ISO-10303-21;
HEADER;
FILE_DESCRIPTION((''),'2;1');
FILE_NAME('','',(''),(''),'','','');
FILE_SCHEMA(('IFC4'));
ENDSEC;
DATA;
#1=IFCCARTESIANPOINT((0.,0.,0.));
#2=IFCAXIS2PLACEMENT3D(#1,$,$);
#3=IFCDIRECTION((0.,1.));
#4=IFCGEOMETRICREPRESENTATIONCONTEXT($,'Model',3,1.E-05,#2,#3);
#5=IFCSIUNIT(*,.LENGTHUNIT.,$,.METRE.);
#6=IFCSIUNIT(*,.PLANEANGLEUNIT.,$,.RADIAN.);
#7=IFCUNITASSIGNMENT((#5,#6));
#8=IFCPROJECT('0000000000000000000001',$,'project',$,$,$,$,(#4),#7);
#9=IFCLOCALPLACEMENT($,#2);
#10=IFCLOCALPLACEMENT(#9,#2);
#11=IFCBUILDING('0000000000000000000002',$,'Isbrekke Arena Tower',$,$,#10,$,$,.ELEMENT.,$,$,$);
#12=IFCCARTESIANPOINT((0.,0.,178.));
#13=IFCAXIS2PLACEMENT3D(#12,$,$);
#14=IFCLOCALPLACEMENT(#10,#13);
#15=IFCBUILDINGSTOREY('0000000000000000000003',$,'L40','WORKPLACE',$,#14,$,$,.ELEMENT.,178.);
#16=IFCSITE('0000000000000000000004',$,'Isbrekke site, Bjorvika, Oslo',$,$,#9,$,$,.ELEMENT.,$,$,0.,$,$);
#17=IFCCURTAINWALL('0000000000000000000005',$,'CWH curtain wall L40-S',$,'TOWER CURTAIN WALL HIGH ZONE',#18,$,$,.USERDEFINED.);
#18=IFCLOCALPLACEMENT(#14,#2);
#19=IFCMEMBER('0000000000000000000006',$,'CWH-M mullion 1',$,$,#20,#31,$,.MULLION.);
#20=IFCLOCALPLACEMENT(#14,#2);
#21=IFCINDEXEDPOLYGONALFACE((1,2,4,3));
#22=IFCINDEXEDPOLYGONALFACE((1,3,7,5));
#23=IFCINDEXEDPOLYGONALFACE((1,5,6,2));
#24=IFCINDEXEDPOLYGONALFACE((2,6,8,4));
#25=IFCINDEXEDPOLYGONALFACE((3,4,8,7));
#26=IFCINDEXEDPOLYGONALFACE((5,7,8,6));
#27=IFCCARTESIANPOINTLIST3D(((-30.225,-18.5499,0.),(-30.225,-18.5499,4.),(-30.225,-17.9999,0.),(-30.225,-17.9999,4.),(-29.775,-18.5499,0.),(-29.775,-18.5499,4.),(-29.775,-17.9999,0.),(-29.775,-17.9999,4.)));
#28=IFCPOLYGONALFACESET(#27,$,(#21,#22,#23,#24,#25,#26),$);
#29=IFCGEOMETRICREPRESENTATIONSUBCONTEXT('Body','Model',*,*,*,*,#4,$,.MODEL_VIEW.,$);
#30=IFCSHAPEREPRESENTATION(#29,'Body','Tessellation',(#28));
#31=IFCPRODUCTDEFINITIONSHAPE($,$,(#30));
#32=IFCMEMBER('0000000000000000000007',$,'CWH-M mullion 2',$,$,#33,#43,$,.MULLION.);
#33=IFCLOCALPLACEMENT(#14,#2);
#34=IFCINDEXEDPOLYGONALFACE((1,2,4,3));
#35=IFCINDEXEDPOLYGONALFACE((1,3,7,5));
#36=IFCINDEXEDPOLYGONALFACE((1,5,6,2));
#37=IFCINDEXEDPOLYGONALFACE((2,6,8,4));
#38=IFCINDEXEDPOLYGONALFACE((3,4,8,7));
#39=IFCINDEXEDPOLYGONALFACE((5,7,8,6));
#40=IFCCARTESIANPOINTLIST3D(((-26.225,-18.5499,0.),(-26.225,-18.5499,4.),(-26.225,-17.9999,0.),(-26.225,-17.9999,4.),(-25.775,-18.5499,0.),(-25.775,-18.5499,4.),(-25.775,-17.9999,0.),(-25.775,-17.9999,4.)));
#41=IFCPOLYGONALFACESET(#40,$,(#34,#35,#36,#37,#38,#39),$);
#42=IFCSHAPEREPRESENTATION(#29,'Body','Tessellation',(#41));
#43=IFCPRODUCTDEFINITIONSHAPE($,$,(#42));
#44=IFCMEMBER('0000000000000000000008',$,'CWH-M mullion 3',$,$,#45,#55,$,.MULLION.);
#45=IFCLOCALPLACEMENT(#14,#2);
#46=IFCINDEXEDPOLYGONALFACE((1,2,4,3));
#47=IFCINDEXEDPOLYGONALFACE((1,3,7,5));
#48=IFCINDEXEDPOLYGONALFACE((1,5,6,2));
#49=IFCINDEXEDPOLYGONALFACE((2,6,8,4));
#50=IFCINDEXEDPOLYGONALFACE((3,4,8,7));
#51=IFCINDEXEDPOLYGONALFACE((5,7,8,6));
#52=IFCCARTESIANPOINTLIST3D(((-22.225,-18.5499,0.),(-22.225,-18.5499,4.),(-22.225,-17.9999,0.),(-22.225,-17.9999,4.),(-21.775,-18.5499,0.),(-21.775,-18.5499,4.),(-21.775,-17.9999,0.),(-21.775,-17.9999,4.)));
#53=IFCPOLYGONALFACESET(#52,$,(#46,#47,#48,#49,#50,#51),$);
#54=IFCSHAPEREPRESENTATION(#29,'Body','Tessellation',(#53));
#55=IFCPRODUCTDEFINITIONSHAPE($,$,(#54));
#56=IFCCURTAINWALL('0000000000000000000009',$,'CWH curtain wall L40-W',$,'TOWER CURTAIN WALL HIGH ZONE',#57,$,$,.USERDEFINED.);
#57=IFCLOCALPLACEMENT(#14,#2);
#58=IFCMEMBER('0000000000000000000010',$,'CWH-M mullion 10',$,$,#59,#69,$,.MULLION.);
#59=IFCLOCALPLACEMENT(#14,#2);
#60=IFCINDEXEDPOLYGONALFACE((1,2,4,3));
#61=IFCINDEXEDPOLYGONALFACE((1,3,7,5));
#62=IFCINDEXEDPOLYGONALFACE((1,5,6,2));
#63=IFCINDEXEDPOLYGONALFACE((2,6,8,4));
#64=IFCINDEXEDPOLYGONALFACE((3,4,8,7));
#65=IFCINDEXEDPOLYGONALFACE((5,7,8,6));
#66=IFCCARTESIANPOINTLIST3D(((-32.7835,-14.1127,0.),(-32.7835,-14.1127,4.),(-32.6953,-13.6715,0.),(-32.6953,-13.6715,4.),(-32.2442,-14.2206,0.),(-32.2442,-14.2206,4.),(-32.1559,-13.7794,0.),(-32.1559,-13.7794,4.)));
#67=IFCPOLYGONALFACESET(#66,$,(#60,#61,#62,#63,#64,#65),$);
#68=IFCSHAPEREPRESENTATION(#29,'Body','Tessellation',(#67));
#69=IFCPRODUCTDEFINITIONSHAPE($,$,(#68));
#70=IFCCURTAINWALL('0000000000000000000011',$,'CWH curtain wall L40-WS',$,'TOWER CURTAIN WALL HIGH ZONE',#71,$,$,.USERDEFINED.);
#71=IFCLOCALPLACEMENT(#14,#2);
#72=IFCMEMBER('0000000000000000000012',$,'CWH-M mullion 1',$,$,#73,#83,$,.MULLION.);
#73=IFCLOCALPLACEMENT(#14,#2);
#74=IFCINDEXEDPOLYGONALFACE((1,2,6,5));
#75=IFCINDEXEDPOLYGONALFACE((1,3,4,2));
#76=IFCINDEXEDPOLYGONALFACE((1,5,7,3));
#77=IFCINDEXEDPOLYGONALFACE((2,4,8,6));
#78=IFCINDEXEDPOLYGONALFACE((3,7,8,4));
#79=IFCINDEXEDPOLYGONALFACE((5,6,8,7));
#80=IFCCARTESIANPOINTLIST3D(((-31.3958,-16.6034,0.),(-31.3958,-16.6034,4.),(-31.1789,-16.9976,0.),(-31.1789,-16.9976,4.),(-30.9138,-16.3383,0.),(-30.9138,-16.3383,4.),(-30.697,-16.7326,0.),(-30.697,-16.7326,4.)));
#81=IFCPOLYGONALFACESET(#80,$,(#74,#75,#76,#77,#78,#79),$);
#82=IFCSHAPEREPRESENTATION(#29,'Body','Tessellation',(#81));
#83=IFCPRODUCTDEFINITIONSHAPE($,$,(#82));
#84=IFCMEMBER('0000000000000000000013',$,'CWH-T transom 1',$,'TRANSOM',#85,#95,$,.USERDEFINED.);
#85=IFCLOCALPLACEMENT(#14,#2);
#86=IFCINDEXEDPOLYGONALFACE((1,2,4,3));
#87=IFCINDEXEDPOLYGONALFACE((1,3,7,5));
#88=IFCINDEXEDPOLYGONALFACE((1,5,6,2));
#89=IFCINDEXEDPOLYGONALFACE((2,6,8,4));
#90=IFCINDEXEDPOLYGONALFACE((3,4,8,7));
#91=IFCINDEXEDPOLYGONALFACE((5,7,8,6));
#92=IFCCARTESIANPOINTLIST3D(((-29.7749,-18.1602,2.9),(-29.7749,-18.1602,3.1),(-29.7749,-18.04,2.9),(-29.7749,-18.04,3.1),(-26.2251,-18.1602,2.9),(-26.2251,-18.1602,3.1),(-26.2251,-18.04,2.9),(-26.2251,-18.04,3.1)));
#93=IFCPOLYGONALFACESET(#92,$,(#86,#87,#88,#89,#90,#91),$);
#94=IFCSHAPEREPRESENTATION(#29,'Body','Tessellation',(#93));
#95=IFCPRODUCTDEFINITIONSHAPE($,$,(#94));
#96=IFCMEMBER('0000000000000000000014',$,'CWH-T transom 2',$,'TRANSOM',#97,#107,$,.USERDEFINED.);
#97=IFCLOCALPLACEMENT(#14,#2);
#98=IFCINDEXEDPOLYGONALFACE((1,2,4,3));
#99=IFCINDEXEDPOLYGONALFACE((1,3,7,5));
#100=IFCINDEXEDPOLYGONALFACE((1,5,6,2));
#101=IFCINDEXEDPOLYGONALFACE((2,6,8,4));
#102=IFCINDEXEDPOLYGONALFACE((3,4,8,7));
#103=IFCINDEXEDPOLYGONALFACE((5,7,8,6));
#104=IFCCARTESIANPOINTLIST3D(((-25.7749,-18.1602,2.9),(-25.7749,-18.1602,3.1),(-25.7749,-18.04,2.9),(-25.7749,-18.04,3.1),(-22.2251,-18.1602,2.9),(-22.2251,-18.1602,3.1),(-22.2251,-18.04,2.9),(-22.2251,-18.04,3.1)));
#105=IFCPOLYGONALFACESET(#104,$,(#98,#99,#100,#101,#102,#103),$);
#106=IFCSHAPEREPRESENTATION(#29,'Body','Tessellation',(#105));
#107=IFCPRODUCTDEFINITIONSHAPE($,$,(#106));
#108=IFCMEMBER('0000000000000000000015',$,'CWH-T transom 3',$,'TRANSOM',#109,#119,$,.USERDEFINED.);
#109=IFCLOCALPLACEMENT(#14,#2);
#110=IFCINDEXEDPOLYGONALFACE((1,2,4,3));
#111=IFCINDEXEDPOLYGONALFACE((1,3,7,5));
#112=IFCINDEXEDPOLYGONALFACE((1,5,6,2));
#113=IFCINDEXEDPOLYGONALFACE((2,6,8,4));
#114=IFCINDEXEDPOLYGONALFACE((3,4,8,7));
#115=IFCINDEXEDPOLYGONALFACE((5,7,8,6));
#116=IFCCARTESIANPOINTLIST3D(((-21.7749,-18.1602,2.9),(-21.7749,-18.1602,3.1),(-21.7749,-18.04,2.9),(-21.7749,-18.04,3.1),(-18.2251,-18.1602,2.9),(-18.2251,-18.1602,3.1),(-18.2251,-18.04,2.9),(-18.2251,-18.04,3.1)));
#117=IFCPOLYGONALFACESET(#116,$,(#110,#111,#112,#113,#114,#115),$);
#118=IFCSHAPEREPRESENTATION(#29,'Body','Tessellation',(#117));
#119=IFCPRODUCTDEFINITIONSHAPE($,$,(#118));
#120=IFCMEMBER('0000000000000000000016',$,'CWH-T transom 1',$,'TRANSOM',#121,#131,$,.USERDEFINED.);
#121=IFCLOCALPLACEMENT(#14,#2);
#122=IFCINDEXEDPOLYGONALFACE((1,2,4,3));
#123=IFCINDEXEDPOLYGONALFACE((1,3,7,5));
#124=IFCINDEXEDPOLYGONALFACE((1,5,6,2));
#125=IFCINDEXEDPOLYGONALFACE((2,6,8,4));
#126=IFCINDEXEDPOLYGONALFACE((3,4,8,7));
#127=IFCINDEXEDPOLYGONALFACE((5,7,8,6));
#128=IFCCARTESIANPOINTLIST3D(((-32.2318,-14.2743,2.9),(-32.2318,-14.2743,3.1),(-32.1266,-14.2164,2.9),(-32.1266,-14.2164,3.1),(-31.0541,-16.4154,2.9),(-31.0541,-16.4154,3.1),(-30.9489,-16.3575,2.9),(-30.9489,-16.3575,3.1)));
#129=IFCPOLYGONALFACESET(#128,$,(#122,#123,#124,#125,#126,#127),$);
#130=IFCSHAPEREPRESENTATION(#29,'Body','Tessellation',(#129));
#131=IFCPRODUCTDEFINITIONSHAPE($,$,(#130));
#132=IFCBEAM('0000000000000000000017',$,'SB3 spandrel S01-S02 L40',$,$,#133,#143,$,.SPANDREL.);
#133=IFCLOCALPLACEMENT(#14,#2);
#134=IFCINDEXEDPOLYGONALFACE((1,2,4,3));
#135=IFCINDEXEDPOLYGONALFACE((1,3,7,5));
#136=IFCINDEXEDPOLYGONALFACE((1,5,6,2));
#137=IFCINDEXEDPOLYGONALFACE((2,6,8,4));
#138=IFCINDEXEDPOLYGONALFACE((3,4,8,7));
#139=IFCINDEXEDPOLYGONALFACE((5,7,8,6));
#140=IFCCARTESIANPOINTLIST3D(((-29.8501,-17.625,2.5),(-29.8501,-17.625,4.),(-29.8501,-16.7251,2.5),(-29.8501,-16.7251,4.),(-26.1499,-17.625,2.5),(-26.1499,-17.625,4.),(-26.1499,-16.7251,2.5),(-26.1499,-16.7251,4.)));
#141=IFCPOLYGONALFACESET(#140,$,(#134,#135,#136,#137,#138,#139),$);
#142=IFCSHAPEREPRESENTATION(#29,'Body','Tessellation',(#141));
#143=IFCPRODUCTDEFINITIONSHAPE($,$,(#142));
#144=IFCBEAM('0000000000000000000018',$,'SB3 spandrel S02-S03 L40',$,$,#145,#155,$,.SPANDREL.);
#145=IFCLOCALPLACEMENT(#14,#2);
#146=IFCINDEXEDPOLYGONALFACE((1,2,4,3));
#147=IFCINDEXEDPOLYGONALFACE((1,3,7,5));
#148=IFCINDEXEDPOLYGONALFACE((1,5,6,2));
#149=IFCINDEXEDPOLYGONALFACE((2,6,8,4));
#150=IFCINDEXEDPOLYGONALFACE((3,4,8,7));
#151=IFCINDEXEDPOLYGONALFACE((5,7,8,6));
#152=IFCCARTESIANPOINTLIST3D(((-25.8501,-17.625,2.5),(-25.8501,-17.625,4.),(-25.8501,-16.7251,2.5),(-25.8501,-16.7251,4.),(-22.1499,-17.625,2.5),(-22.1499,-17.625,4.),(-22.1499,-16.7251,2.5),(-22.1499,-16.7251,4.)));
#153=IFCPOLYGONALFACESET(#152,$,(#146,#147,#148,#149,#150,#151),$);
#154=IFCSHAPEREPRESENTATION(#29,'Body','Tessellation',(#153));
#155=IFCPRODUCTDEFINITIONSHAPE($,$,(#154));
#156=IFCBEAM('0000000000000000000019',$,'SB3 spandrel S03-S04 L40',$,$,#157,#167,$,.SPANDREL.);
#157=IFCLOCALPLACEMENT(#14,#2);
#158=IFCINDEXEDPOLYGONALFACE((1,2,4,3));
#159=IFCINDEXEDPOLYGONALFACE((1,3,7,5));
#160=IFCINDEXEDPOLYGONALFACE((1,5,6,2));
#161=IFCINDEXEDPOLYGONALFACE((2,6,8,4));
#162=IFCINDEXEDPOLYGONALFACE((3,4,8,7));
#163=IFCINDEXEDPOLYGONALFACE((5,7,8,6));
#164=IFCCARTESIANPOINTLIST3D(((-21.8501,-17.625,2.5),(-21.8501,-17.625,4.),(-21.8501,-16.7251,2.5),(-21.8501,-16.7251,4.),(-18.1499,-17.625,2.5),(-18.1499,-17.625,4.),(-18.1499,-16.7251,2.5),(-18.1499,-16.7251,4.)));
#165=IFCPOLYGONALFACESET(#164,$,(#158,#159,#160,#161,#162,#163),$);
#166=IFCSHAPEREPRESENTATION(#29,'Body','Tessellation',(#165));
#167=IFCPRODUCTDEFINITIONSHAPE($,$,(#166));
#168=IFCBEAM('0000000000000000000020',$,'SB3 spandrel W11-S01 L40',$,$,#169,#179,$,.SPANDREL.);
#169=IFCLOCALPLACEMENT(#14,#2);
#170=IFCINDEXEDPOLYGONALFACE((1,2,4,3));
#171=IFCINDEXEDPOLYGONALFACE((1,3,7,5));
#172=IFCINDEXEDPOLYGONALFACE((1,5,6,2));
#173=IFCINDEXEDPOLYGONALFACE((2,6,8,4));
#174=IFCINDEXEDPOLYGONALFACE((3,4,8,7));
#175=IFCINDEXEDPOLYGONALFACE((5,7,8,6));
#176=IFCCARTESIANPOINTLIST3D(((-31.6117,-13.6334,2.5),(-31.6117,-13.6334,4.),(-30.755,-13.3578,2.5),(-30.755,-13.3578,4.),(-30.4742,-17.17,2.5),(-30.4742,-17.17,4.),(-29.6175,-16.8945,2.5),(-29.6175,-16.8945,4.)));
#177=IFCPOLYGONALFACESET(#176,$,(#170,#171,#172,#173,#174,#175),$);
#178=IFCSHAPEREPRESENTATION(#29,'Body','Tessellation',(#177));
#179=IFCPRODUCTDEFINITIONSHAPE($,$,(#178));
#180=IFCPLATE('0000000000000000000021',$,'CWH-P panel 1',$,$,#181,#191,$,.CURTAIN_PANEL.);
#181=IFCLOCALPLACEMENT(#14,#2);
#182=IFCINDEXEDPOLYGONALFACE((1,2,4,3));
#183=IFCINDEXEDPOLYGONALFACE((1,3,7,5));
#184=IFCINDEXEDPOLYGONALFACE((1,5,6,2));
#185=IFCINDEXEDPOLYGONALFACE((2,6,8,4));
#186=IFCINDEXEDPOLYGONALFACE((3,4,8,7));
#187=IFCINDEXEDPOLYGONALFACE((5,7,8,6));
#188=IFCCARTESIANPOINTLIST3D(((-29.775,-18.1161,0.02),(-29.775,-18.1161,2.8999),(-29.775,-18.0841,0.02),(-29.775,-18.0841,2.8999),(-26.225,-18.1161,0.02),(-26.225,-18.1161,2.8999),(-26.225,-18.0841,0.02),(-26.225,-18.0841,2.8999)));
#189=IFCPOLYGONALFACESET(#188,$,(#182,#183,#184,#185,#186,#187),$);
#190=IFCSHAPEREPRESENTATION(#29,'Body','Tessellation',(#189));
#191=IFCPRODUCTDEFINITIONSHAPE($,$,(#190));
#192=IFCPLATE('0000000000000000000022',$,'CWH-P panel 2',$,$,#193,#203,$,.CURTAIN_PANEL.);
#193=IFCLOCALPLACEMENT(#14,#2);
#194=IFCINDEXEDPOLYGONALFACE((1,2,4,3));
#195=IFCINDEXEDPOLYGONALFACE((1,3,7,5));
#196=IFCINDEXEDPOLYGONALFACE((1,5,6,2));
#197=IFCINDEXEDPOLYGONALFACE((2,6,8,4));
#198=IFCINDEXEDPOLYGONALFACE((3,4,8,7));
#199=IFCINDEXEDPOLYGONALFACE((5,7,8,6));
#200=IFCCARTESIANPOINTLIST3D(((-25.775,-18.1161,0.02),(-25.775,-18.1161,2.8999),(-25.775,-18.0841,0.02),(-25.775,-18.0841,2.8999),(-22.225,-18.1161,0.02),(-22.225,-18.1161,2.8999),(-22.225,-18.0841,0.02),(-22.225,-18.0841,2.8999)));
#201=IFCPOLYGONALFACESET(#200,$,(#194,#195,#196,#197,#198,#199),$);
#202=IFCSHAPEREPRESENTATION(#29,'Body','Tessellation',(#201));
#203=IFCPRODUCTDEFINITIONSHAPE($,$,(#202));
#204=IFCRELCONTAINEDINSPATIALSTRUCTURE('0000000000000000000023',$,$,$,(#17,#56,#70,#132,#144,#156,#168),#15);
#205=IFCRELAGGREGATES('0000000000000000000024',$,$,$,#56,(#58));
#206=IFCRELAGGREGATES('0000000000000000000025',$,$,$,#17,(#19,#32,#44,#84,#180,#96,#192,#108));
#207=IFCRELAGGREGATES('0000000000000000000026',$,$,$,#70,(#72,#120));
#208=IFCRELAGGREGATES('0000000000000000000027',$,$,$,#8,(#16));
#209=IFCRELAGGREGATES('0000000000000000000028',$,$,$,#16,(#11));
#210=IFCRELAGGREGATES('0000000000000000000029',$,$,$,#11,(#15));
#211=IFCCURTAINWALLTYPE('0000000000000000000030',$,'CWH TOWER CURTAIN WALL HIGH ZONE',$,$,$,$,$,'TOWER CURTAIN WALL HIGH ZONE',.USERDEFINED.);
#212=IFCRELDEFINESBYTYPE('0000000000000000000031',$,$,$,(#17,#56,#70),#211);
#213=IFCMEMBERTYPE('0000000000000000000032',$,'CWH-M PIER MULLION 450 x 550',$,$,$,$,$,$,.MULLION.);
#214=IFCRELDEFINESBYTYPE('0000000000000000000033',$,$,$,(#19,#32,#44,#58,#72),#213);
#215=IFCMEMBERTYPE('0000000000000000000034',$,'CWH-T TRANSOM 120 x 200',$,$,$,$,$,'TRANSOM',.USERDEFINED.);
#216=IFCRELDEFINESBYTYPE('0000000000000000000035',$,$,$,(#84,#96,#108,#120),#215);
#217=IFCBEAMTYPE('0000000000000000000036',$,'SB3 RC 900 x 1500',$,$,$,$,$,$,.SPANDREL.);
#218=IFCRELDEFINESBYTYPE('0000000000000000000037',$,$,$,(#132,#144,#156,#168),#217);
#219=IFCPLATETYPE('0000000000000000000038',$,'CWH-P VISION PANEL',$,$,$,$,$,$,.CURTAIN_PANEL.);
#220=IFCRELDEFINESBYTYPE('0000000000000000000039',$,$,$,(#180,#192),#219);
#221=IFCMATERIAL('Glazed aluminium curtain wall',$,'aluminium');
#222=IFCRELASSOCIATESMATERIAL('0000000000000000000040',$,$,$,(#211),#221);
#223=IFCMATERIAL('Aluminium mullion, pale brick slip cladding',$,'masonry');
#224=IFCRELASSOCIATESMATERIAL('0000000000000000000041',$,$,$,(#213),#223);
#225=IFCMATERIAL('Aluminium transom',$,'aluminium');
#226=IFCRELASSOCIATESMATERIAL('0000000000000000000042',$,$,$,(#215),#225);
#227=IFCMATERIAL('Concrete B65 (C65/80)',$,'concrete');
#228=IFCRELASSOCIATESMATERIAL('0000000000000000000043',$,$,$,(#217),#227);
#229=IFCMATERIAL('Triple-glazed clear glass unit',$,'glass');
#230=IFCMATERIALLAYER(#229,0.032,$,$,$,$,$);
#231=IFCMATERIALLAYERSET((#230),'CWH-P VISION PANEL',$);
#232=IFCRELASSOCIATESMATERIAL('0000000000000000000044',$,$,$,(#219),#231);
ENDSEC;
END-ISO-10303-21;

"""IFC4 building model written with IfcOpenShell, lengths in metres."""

from ifc_helpers import new_model, si_unit, direction, frame, origin, origin_2d, place, context, subcontext, project, spatial, rectangle, extrude, material, layer, layer_set, material_profile, profile_set, type_object, element, aggregate, save


model = new_model("IFC4")

# Units and contexts
model_context = context("Model", 3, precision=1e-05, world=origin(), true_north=direction((0.0, 1.0)))
body_context = subcontext(model_context, "Body", "Model", "MODEL_VIEW")
ifc_project = project(units=[si_unit("LENGTHUNIT", "METRE"), si_unit("PLANEANGLEUNIT", "RADIAN")], contexts=[model_context])

# Site, building, storey
site_placement = place(None, origin())
site = spatial("IfcSite", under=ifc_project, at=site_placement, Name="Isbrekke site, Bjorvika, Oslo", CompositionType="ELEMENT", RefElevation=0.0)
building_placement = place(site_placement, origin())
building = spatial("IfcBuilding", under=site, at=building_placement, Name="Isbrekke Arena Tower", CompositionType="ELEMENT")
storey_placement = place(building_placement, frame((0.0, 0.0, 178.0)))
storey = spatial("IfcBuildingStorey", under=building, at=storey_placement, Name="L40", Description="WORKPLACE", CompositionType="ELEMENT", Elevation=178.0)

# Curtain wall, members
ifc_material_1 = material(Name="Glazed aluminium curtain wall", Category="aluminium")
curtain_wall_type = type_object("IfcCurtainWallType", Name="CWH TOWER CURTAIN WALL HIGH ZONE", ElementType="TOWER CURTAIN WALL HIGH ZONE", PredefinedType="USERDEFINED", material=ifc_material_1)
curtain_wall_1_placement = place(storey_placement, origin())
curtain_wall_1 = element("IfcCurtainWall", 1, at=curtain_wall_1_placement, inside=storey, type_object=curtain_wall_type, Name="CWH curtain wall L40-S", ObjectType="TOWER CURTAIN WALL HIGH ZONE", PredefinedType="USERDEFINED")
ifc_material_2 = material(Name="Aluminium mullion, pale brick slip cladding", Category="masonry")
ifc_material_profile_1 = material_profile(ifc_material_2, rectangle(XDim=0.45, YDim=0.55, at=origin_2d()), Name="PIER 450X550")
ifc_profile_set_1 = profile_set([ifc_material_profile_1], Name="Aluminium mullion, pale brick slip cladding")
member_type_1 = type_object("IfcMemberType", Name="CWH-M PIER MULLION 450 x 550", PredefinedType="MULLION", material=ifc_profile_set_1)
member_1_placement = place(storey_placement, frame((-30.0, -18.2749, 0.0), z_axis=(0.0, 0.0, 1.0), x_axis=(1.0, 0.0, 0.0)))
member_1 = element("IfcMember", 2, at=member_1_placement, type_object=member_type_1, Name="CWH-M mullion 1", PredefinedType="MULLION", context=body_context, shape_type="SweptSolid", body=[
    extrude(rectangle(XDim=0.45, YDim=0.55, at=origin_2d()), origin(), (0.0, 0.0, 1.0), 4.0),
])
member_2_placement = place(storey_placement, frame((-26.0, -18.2749, 0.0), z_axis=(0.0, 0.0, 1.0), x_axis=(1.0, 0.0, 0.0)))
member_2 = element("IfcMember", 3, at=member_2_placement, type_object=member_type_1, Name="CWH-M mullion 2", PredefinedType="MULLION", context=body_context, shape_type="SweptSolid", body=[
    extrude(rectangle(XDim=0.45, YDim=0.55, at=origin_2d()), origin(), (0.0, 0.0, 1.0), 4.0),
])
member_3_placement = place(storey_placement, frame((-22.0, -18.2749, 0.0), z_axis=(0.0, 0.0, 1.0), x_axis=(1.0, 0.0, 0.0)))
member_3 = element("IfcMember", 4, at=member_3_placement, type_object=member_type_1, Name="CWH-M mullion 3", PredefinedType="MULLION", context=body_context, shape_type="SweptSolid", body=[
    extrude(rectangle(XDim=0.45, YDim=0.55, at=origin_2d()), origin(), (0.0, 0.0, 1.0), 4.0),
])

# Curtain walls, members
curtain_wall_2_placement = place(storey_placement, origin())
curtain_wall_2 = element("IfcCurtainWall", 5, at=curtain_wall_2_placement, inside=storey, type_object=curtain_wall_type, Name="CWH curtain wall L40-W", ObjectType="TOWER CURTAIN WALL HIGH ZONE", PredefinedType="USERDEFINED")
member_4_placement = place(storey_placement, frame((-32.4697, -13.946, 0.0), z_axis=(0.0, 0.0, 1.0), x_axis=(-0.196116, -0.980581, 0.0)))
member_4 = element("IfcMember", 6, at=member_4_placement, type_object=member_type_1, Name="CWH-M mullion 10", PredefinedType="MULLION", context=body_context, shape_type="SweptSolid", body=[
    extrude(rectangle(XDim=0.45, YDim=0.55, at=origin_2d()), origin(), (0.0, 0.0, 1.0), 4.0),
])
aggregate(curtain_wall_2, [member_4])
curtain_wall_3_placement = place(storey_placement, origin())
curtain_wall_3 = element("IfcCurtainWall", 7, at=curtain_wall_3_placement, inside=storey, type_object=curtain_wall_type, Name="CWH curtain wall L40-WS", ObjectType="TOWER CURTAIN WALL HIGH ZONE", PredefinedType="USERDEFINED")
member_5_placement = place(storey_placement, frame((-31.0464, -16.668, 0.0), z_axis=(0.0, 0.0, 1.0), x_axis=(0.481919, -0.876216, 0.0)))
member_5 = element("IfcMember", 8, at=member_5_placement, type_object=member_type_1, Name="CWH-M mullion 1", PredefinedType="MULLION", context=body_context, shape_type="SweptSolid", body=[
    extrude(rectangle(XDim=0.45, YDim=0.55, at=origin_2d()), origin(), (0.0, 0.0, 1.0), 4.0),
])

# Members
ifc_material_3 = material(Name="Aluminium transom", Category="aluminium")
ifc_material_profile_2 = material_profile(ifc_material_3, rectangle(XDim=0.1201, YDim=0.2, at=origin_2d()), Name="TRANSOM 120X200")
ifc_profile_set_2 = profile_set([ifc_material_profile_2], Name="Aluminium transom")
member_type_2 = type_object("IfcMemberType", Name="CWH-T TRANSOM 120 x 200", ElementType="TRANSOM", PredefinedType="USERDEFINED", material=ifc_profile_set_2)
member_6_placement = place(storey_placement, frame((-29.7749, -18.1001, 3.0), z_axis=(1.0, 0.0, 0.0), x_axis=(0.0, 1.0, 0.0)))
member_6 = element("IfcMember", 9, at=member_6_placement, type_object=member_type_2, Name="CWH-T transom 1", ObjectType="TRANSOM", PredefinedType="USERDEFINED", context=body_context, shape_type="SweptSolid", body=[
    extrude(rectangle(XDim=0.1201, YDim=0.2, at=origin_2d()), origin(), (0.0, 0.0, 1.0), 3.5498),
])
member_7_placement = place(storey_placement, frame((-25.7749, -18.1001, 3.0), z_axis=(1.0, 0.0, 0.0), x_axis=(0.0, 1.0, 0.0)))
member_7 = element("IfcMember", 10, at=member_7_placement, type_object=member_type_2, Name="CWH-T transom 2", ObjectType="TRANSOM", PredefinedType="USERDEFINED", context=body_context, shape_type="SweptSolid", body=[
    extrude(rectangle(XDim=0.1201, YDim=0.2, at=origin_2d()), origin(), (0.0, 0.0, 1.0), 3.5498),
])
member_8_placement = place(storey_placement, frame((-21.7749, -18.1001, 3.0), z_axis=(1.0, 0.0, 0.0), x_axis=(0.0, 1.0, 0.0)))
member_8 = element("IfcMember", 11, at=member_8_placement, type_object=member_type_2, Name="CWH-T transom 3", ObjectType="TRANSOM", PredefinedType="USERDEFINED", context=body_context, shape_type="SweptSolid", body=[
    extrude(rectangle(XDim=0.1201, YDim=0.2, at=origin_2d()), origin(), (0.0, 0.0, 1.0), 3.5498),
])
member_9_placement = place(storey_placement, frame((-32.1792, -14.2454, 3.0), z_axis=(0.481957, -0.876195, 0.0), x_axis=(0.876195, 0.481957, 0.0)))
member_9 = element("IfcMember", 12, at=member_9_placement, type_object=member_type_2, Name="CWH-T transom 1", ObjectType="TRANSOM", PredefinedType="USERDEFINED", context=body_context, shape_type="SweptSolid", body=[
    extrude(rectangle(XDim=0.1201, YDim=0.2, at=origin_2d()), origin(), (0.0, 0.0, 1.0), 2.4436),
])

# Beams
ifc_material_4 = material(Name="Concrete B65 (C65/80)", Category="concrete")
ifc_material_profile_3 = material_profile(ifc_material_4, rectangle(XDim=0.8999, YDim=1.5, at=origin_2d()), Name="RC 900x1500")
ifc_profile_set_3 = profile_set([ifc_material_profile_3], Name="Concrete B65 (C65/80)")
beam_type_1 = type_object("IfcBeamType", Name="SB3 RC 900 x 1500", PredefinedType="SPANDREL", material=ifc_profile_set_3)
for number, where, z_axis, x_axis, name in (
    (13, (-29.8501, -17.175, 3.25), (1.0, 0.0, 0.0), (0.0, 1.0, 0.0), "SB3 spandrel S01-S02 L40"),
    (14, (-25.8501, -17.175, 3.25), (1.0, 0.0, 0.0), (0.0, 1.0, 0.0), "SB3 spandrel S02-S03 L40"),
    (15, (-21.8501, -17.175, 3.25), (1.0, 0.0, 0.0), (0.0, 1.0, 0.0), "SB3 spandrel S03-S04 L40"),
):
    element("IfcBeam", number, at=place(storey_placement, frame(where, z_axis=z_axis, x_axis=x_axis)), inside=storey, type_object=beam_type_1, Name=name, PredefinedType="SPANDREL", context=body_context, shape_type="SweptSolid", body=[
        extrude(rectangle(XDim=0.8999, YDim=1.5, at=origin_2d()), origin(), (0.0, 0.0, 1.0), 3.7002),
    ])
beam_1_placement = place(storey_placement, frame((-31.1833, -13.4956, 3.25), z_axis=(0.306175, -0.951975, 0.0), x_axis=(0.951975, 0.306175, 0.0)))
element("IfcBeam", 16, at=beam_1_placement, inside=storey, type_object=beam_type_1, Name="SB3 spandrel W11-S01 L40", PredefinedType="SPANDREL", context=body_context, shape_type="SweptSolid", body=[
    extrude(rectangle(XDim=0.8999, YDim=1.5, at=origin_2d()), origin(), (0.0, 0.0, 1.0), 3.7151),
])

# Plates
ifc_material_5 = material(Name="Triple-glazed clear glass unit", Category="glass")
ifc_layer = layer(ifc_material_5, 0.032)
ifc_layer_set = layer_set([ifc_layer], Name="CWH-P VISION PANEL")
plate_type = type_object("IfcPlateType", Name="CWH-P VISION PANEL", PredefinedType="CURTAIN_PANEL", material=ifc_layer_set)
plate_1_placement = place(storey_placement, frame((-28.0, -18.1001, 0.02), z_axis=(0.0, 0.0, 1.0), x_axis=(1.0, 0.0, 0.0)))
plate_1 = element("IfcPlate", 17, at=plate_1_placement, type_object=plate_type, Name="CWH-P panel 1", PredefinedType="CURTAIN_PANEL", context=body_context, shape_type="SweptSolid", body=[
    extrude(rectangle(XDim=3.55, YDim=0.032, at=origin_2d()), origin(), (0.0, 0.0, 1.0), 2.8799),
])
plate_2_placement = place(storey_placement, frame((-24.0, -18.1001, 0.02), z_axis=(0.0, 0.0, 1.0), x_axis=(1.0, 0.0, 0.0)))
plate_2 = element("IfcPlate", 18, at=plate_2_placement, type_object=plate_type, Name="CWH-P panel 2", PredefinedType="CURTAIN_PANEL", context=body_context, shape_type="SweptSolid", body=[
    extrude(rectangle(XDim=3.55, YDim=0.032, at=origin_2d()), origin(), (0.0, 0.0, 1.0), 2.8799),
])
aggregate(curtain_wall_1, [member_1, member_2, member_3, member_6, plate_1, member_7, plate_2, member_8])
aggregate(curtain_wall_3, [member_5, member_9])

save(model, "model.ifc")
